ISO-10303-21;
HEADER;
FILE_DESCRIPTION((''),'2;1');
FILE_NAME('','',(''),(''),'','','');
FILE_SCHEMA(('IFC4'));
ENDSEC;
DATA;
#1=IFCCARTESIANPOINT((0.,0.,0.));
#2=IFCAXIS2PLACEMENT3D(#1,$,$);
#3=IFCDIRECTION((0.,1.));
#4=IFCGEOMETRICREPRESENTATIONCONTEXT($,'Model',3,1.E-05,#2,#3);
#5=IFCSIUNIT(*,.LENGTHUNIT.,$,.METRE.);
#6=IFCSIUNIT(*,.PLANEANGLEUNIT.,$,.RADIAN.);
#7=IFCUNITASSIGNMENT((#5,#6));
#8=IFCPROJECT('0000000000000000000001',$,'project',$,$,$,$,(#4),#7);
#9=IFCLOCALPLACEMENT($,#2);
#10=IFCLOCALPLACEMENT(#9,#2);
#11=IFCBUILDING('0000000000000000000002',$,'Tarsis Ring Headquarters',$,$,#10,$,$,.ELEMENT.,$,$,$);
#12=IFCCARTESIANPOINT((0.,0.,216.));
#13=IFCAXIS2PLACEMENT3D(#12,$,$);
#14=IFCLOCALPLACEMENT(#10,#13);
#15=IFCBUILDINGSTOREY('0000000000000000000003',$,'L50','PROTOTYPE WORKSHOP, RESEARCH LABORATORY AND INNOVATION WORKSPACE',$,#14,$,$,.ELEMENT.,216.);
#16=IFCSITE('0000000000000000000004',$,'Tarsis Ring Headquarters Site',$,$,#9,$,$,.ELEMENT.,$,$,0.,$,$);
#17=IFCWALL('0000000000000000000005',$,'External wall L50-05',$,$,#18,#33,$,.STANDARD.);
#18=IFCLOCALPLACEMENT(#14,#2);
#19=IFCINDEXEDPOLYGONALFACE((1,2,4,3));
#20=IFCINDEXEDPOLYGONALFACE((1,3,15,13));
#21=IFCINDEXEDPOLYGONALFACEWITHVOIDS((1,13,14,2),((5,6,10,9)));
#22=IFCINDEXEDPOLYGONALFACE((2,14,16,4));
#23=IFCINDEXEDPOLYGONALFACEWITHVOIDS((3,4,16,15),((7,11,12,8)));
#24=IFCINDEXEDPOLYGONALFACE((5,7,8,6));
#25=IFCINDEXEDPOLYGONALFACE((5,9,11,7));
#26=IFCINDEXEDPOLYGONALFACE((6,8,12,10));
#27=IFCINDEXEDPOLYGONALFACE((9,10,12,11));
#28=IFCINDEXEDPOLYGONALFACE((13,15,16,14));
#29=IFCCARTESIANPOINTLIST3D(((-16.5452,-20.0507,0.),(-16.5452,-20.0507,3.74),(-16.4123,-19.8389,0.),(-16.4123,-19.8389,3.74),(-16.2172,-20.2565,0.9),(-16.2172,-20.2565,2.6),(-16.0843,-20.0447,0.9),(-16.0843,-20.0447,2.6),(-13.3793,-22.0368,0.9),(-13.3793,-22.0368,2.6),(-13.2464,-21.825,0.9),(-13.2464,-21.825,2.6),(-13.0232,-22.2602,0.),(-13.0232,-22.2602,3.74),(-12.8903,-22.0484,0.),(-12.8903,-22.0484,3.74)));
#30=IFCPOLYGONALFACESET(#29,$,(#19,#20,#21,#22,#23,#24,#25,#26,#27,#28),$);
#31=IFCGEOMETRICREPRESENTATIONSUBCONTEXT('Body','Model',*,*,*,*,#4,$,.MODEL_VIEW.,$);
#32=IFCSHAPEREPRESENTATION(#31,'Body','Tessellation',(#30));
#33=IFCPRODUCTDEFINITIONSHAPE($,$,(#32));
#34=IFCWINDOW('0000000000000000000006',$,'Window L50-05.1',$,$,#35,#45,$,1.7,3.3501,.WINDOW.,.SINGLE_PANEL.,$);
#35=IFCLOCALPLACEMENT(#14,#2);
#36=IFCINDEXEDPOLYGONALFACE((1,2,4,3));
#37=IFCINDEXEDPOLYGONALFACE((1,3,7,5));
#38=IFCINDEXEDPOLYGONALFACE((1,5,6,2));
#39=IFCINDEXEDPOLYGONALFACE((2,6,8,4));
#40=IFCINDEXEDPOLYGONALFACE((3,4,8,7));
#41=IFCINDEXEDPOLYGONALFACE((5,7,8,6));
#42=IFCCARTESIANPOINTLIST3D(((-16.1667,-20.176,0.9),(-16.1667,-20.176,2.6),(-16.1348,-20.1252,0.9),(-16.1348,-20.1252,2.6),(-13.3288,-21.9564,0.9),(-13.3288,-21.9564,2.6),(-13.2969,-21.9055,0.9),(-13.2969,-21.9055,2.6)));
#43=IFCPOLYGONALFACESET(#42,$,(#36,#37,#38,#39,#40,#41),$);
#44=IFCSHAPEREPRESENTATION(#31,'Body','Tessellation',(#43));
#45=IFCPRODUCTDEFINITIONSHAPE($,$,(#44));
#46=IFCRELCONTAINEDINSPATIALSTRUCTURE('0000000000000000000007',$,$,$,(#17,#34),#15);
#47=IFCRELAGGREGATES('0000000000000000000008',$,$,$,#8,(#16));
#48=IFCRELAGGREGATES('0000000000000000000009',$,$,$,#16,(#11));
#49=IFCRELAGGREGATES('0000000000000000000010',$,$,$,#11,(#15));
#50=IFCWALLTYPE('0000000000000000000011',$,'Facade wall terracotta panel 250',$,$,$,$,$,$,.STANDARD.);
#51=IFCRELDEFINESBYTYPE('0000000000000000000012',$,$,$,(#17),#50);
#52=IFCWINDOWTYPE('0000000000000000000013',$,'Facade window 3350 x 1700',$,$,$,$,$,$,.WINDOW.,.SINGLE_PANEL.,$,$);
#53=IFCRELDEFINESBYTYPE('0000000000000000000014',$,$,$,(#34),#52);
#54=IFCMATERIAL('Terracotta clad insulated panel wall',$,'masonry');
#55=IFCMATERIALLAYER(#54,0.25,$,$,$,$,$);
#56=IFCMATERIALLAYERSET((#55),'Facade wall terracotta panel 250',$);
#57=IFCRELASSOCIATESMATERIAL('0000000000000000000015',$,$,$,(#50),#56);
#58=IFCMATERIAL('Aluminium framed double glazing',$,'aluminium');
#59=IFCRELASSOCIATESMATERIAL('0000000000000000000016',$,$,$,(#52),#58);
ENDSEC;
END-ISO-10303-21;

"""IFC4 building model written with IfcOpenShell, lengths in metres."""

from ifc_helpers import new_model, si_unit, direction, frame, frame_2d, origin, place, context, subcontext, project, spatial, rectangle, extrude, material, layer, layer_set, type_object, element, fill, save


model = new_model("IFC4")

# Units and contexts
model_context = context("Model", 3, precision=1e-05, world=origin(), true_north=direction((0.0, 1.0)))
body_context = subcontext(model_context, "Body", "Model", "MODEL_VIEW")
ifc_project = project(units=[si_unit("LENGTHUNIT", "METRE"), si_unit("PLANEANGLEUNIT", "RADIAN")], contexts=[model_context])

# Site, building, storey
site_placement = place(None, origin())
site = spatial("IfcSite", under=ifc_project, at=site_placement, Name="Tarsis Ring Headquarters Site", CompositionType="ELEMENT", RefElevation=0.0)
building_placement = place(site_placement, origin())
building = spatial("IfcBuilding", under=site, at=building_placement, Name="Tarsis Ring Headquarters", CompositionType="ELEMENT")
storey_placement = place(building_placement, frame((0.0, 0.0, 216.0)))
storey = spatial("IfcBuildingStorey", under=building, at=storey_placement, Name="L50", Description="PROTOTYPE WORKSHOP, RESEARCH LABORATORY AND INNOVATION WORKSPACE", CompositionType="ELEMENT", Elevation=216.0)

# Wall, opening, window
ifc_material_1 = material(Name="Terracotta clad insulated panel wall", Category="masonry")
ifc_layer_1 = layer(ifc_material_1, 0.25)
ifc_layer_set_1 = layer_set([ifc_layer_1], Name="Facade wall terracotta panel 250")
wall_type_1 = type_object("IfcWallType", Name="Facade wall terracotta panel 250", PredefinedType="STANDARD", material=ifc_layer_set_1)
wall_1_placement = place(storey_placement, frame((-16.4788, -19.9448, 0.0), z_axis=(0.0, 0.0, 1.0), x_axis=(0.847106, -0.531423, 0.0)))
wall_1 = element("IfcWall", 1, at=wall_1_placement, inside=storey, type_object=wall_type_1, Name="External wall L50-05", PredefinedType="STANDARD", context=body_context, shape_type="SweptSolid", body=[
    extrude(rectangle(XDim=4.1577, YDim=0.25, at=frame_2d((2.0789, 0.0))), origin(), (0.0, 0.0, 1.0), 3.74),
])
opening_1_placement = place(wall_1_placement, frame((0.3872, 0.0, 0.8999)))
opening_1 = element("IfcOpeningElement", 2, at=opening_1_placement, cuts=wall_1, PredefinedType="OPENING", context=body_context, shape_type="SweptSolid", body=[
    extrude(rectangle(XDim=3.3501, YDim=1.7, at=frame_2d((1.675, 0.8501))), frame((0.0, 0.135, 0.0), z_axis=(0.0, -1.0, 0.0), x_axis=(1.0, 0.0, 0.0)), (0.0, 0.0, 1.0), 0.27),
])
ifc_material_2 = material(Name="Aluminium framed double glazing", Category="aluminium")
window_type = type_object("IfcWindowType", Name="Facade window 3350 x 1700", PartitioningType="SINGLE_PANEL", PredefinedType="WINDOW", material=ifc_material_2)
window_placement = place(opening_1_placement, origin())
window = element("IfcWindow", 3, at=window_placement, inside=storey, type_object=window_type, Name="Window L50-05.1", OverallHeight=1.7, OverallWidth=3.3501, PartitioningType="SINGLE_PANEL", PredefinedType="WINDOW", context=body_context, shape_type="SweptSolid", body=[
    extrude(rectangle(XDim=3.3501, YDim=1.7, at=frame_2d((1.675, 0.8501))), frame((0.0, 0.03, 0.0), z_axis=(0.0, -1.0, 0.0), x_axis=(1.0, 0.0, 0.0)), (0.0, 0.0, 1.0), 0.0601),
])
fill(opening_1, window)

save(model, "model.ifc")
